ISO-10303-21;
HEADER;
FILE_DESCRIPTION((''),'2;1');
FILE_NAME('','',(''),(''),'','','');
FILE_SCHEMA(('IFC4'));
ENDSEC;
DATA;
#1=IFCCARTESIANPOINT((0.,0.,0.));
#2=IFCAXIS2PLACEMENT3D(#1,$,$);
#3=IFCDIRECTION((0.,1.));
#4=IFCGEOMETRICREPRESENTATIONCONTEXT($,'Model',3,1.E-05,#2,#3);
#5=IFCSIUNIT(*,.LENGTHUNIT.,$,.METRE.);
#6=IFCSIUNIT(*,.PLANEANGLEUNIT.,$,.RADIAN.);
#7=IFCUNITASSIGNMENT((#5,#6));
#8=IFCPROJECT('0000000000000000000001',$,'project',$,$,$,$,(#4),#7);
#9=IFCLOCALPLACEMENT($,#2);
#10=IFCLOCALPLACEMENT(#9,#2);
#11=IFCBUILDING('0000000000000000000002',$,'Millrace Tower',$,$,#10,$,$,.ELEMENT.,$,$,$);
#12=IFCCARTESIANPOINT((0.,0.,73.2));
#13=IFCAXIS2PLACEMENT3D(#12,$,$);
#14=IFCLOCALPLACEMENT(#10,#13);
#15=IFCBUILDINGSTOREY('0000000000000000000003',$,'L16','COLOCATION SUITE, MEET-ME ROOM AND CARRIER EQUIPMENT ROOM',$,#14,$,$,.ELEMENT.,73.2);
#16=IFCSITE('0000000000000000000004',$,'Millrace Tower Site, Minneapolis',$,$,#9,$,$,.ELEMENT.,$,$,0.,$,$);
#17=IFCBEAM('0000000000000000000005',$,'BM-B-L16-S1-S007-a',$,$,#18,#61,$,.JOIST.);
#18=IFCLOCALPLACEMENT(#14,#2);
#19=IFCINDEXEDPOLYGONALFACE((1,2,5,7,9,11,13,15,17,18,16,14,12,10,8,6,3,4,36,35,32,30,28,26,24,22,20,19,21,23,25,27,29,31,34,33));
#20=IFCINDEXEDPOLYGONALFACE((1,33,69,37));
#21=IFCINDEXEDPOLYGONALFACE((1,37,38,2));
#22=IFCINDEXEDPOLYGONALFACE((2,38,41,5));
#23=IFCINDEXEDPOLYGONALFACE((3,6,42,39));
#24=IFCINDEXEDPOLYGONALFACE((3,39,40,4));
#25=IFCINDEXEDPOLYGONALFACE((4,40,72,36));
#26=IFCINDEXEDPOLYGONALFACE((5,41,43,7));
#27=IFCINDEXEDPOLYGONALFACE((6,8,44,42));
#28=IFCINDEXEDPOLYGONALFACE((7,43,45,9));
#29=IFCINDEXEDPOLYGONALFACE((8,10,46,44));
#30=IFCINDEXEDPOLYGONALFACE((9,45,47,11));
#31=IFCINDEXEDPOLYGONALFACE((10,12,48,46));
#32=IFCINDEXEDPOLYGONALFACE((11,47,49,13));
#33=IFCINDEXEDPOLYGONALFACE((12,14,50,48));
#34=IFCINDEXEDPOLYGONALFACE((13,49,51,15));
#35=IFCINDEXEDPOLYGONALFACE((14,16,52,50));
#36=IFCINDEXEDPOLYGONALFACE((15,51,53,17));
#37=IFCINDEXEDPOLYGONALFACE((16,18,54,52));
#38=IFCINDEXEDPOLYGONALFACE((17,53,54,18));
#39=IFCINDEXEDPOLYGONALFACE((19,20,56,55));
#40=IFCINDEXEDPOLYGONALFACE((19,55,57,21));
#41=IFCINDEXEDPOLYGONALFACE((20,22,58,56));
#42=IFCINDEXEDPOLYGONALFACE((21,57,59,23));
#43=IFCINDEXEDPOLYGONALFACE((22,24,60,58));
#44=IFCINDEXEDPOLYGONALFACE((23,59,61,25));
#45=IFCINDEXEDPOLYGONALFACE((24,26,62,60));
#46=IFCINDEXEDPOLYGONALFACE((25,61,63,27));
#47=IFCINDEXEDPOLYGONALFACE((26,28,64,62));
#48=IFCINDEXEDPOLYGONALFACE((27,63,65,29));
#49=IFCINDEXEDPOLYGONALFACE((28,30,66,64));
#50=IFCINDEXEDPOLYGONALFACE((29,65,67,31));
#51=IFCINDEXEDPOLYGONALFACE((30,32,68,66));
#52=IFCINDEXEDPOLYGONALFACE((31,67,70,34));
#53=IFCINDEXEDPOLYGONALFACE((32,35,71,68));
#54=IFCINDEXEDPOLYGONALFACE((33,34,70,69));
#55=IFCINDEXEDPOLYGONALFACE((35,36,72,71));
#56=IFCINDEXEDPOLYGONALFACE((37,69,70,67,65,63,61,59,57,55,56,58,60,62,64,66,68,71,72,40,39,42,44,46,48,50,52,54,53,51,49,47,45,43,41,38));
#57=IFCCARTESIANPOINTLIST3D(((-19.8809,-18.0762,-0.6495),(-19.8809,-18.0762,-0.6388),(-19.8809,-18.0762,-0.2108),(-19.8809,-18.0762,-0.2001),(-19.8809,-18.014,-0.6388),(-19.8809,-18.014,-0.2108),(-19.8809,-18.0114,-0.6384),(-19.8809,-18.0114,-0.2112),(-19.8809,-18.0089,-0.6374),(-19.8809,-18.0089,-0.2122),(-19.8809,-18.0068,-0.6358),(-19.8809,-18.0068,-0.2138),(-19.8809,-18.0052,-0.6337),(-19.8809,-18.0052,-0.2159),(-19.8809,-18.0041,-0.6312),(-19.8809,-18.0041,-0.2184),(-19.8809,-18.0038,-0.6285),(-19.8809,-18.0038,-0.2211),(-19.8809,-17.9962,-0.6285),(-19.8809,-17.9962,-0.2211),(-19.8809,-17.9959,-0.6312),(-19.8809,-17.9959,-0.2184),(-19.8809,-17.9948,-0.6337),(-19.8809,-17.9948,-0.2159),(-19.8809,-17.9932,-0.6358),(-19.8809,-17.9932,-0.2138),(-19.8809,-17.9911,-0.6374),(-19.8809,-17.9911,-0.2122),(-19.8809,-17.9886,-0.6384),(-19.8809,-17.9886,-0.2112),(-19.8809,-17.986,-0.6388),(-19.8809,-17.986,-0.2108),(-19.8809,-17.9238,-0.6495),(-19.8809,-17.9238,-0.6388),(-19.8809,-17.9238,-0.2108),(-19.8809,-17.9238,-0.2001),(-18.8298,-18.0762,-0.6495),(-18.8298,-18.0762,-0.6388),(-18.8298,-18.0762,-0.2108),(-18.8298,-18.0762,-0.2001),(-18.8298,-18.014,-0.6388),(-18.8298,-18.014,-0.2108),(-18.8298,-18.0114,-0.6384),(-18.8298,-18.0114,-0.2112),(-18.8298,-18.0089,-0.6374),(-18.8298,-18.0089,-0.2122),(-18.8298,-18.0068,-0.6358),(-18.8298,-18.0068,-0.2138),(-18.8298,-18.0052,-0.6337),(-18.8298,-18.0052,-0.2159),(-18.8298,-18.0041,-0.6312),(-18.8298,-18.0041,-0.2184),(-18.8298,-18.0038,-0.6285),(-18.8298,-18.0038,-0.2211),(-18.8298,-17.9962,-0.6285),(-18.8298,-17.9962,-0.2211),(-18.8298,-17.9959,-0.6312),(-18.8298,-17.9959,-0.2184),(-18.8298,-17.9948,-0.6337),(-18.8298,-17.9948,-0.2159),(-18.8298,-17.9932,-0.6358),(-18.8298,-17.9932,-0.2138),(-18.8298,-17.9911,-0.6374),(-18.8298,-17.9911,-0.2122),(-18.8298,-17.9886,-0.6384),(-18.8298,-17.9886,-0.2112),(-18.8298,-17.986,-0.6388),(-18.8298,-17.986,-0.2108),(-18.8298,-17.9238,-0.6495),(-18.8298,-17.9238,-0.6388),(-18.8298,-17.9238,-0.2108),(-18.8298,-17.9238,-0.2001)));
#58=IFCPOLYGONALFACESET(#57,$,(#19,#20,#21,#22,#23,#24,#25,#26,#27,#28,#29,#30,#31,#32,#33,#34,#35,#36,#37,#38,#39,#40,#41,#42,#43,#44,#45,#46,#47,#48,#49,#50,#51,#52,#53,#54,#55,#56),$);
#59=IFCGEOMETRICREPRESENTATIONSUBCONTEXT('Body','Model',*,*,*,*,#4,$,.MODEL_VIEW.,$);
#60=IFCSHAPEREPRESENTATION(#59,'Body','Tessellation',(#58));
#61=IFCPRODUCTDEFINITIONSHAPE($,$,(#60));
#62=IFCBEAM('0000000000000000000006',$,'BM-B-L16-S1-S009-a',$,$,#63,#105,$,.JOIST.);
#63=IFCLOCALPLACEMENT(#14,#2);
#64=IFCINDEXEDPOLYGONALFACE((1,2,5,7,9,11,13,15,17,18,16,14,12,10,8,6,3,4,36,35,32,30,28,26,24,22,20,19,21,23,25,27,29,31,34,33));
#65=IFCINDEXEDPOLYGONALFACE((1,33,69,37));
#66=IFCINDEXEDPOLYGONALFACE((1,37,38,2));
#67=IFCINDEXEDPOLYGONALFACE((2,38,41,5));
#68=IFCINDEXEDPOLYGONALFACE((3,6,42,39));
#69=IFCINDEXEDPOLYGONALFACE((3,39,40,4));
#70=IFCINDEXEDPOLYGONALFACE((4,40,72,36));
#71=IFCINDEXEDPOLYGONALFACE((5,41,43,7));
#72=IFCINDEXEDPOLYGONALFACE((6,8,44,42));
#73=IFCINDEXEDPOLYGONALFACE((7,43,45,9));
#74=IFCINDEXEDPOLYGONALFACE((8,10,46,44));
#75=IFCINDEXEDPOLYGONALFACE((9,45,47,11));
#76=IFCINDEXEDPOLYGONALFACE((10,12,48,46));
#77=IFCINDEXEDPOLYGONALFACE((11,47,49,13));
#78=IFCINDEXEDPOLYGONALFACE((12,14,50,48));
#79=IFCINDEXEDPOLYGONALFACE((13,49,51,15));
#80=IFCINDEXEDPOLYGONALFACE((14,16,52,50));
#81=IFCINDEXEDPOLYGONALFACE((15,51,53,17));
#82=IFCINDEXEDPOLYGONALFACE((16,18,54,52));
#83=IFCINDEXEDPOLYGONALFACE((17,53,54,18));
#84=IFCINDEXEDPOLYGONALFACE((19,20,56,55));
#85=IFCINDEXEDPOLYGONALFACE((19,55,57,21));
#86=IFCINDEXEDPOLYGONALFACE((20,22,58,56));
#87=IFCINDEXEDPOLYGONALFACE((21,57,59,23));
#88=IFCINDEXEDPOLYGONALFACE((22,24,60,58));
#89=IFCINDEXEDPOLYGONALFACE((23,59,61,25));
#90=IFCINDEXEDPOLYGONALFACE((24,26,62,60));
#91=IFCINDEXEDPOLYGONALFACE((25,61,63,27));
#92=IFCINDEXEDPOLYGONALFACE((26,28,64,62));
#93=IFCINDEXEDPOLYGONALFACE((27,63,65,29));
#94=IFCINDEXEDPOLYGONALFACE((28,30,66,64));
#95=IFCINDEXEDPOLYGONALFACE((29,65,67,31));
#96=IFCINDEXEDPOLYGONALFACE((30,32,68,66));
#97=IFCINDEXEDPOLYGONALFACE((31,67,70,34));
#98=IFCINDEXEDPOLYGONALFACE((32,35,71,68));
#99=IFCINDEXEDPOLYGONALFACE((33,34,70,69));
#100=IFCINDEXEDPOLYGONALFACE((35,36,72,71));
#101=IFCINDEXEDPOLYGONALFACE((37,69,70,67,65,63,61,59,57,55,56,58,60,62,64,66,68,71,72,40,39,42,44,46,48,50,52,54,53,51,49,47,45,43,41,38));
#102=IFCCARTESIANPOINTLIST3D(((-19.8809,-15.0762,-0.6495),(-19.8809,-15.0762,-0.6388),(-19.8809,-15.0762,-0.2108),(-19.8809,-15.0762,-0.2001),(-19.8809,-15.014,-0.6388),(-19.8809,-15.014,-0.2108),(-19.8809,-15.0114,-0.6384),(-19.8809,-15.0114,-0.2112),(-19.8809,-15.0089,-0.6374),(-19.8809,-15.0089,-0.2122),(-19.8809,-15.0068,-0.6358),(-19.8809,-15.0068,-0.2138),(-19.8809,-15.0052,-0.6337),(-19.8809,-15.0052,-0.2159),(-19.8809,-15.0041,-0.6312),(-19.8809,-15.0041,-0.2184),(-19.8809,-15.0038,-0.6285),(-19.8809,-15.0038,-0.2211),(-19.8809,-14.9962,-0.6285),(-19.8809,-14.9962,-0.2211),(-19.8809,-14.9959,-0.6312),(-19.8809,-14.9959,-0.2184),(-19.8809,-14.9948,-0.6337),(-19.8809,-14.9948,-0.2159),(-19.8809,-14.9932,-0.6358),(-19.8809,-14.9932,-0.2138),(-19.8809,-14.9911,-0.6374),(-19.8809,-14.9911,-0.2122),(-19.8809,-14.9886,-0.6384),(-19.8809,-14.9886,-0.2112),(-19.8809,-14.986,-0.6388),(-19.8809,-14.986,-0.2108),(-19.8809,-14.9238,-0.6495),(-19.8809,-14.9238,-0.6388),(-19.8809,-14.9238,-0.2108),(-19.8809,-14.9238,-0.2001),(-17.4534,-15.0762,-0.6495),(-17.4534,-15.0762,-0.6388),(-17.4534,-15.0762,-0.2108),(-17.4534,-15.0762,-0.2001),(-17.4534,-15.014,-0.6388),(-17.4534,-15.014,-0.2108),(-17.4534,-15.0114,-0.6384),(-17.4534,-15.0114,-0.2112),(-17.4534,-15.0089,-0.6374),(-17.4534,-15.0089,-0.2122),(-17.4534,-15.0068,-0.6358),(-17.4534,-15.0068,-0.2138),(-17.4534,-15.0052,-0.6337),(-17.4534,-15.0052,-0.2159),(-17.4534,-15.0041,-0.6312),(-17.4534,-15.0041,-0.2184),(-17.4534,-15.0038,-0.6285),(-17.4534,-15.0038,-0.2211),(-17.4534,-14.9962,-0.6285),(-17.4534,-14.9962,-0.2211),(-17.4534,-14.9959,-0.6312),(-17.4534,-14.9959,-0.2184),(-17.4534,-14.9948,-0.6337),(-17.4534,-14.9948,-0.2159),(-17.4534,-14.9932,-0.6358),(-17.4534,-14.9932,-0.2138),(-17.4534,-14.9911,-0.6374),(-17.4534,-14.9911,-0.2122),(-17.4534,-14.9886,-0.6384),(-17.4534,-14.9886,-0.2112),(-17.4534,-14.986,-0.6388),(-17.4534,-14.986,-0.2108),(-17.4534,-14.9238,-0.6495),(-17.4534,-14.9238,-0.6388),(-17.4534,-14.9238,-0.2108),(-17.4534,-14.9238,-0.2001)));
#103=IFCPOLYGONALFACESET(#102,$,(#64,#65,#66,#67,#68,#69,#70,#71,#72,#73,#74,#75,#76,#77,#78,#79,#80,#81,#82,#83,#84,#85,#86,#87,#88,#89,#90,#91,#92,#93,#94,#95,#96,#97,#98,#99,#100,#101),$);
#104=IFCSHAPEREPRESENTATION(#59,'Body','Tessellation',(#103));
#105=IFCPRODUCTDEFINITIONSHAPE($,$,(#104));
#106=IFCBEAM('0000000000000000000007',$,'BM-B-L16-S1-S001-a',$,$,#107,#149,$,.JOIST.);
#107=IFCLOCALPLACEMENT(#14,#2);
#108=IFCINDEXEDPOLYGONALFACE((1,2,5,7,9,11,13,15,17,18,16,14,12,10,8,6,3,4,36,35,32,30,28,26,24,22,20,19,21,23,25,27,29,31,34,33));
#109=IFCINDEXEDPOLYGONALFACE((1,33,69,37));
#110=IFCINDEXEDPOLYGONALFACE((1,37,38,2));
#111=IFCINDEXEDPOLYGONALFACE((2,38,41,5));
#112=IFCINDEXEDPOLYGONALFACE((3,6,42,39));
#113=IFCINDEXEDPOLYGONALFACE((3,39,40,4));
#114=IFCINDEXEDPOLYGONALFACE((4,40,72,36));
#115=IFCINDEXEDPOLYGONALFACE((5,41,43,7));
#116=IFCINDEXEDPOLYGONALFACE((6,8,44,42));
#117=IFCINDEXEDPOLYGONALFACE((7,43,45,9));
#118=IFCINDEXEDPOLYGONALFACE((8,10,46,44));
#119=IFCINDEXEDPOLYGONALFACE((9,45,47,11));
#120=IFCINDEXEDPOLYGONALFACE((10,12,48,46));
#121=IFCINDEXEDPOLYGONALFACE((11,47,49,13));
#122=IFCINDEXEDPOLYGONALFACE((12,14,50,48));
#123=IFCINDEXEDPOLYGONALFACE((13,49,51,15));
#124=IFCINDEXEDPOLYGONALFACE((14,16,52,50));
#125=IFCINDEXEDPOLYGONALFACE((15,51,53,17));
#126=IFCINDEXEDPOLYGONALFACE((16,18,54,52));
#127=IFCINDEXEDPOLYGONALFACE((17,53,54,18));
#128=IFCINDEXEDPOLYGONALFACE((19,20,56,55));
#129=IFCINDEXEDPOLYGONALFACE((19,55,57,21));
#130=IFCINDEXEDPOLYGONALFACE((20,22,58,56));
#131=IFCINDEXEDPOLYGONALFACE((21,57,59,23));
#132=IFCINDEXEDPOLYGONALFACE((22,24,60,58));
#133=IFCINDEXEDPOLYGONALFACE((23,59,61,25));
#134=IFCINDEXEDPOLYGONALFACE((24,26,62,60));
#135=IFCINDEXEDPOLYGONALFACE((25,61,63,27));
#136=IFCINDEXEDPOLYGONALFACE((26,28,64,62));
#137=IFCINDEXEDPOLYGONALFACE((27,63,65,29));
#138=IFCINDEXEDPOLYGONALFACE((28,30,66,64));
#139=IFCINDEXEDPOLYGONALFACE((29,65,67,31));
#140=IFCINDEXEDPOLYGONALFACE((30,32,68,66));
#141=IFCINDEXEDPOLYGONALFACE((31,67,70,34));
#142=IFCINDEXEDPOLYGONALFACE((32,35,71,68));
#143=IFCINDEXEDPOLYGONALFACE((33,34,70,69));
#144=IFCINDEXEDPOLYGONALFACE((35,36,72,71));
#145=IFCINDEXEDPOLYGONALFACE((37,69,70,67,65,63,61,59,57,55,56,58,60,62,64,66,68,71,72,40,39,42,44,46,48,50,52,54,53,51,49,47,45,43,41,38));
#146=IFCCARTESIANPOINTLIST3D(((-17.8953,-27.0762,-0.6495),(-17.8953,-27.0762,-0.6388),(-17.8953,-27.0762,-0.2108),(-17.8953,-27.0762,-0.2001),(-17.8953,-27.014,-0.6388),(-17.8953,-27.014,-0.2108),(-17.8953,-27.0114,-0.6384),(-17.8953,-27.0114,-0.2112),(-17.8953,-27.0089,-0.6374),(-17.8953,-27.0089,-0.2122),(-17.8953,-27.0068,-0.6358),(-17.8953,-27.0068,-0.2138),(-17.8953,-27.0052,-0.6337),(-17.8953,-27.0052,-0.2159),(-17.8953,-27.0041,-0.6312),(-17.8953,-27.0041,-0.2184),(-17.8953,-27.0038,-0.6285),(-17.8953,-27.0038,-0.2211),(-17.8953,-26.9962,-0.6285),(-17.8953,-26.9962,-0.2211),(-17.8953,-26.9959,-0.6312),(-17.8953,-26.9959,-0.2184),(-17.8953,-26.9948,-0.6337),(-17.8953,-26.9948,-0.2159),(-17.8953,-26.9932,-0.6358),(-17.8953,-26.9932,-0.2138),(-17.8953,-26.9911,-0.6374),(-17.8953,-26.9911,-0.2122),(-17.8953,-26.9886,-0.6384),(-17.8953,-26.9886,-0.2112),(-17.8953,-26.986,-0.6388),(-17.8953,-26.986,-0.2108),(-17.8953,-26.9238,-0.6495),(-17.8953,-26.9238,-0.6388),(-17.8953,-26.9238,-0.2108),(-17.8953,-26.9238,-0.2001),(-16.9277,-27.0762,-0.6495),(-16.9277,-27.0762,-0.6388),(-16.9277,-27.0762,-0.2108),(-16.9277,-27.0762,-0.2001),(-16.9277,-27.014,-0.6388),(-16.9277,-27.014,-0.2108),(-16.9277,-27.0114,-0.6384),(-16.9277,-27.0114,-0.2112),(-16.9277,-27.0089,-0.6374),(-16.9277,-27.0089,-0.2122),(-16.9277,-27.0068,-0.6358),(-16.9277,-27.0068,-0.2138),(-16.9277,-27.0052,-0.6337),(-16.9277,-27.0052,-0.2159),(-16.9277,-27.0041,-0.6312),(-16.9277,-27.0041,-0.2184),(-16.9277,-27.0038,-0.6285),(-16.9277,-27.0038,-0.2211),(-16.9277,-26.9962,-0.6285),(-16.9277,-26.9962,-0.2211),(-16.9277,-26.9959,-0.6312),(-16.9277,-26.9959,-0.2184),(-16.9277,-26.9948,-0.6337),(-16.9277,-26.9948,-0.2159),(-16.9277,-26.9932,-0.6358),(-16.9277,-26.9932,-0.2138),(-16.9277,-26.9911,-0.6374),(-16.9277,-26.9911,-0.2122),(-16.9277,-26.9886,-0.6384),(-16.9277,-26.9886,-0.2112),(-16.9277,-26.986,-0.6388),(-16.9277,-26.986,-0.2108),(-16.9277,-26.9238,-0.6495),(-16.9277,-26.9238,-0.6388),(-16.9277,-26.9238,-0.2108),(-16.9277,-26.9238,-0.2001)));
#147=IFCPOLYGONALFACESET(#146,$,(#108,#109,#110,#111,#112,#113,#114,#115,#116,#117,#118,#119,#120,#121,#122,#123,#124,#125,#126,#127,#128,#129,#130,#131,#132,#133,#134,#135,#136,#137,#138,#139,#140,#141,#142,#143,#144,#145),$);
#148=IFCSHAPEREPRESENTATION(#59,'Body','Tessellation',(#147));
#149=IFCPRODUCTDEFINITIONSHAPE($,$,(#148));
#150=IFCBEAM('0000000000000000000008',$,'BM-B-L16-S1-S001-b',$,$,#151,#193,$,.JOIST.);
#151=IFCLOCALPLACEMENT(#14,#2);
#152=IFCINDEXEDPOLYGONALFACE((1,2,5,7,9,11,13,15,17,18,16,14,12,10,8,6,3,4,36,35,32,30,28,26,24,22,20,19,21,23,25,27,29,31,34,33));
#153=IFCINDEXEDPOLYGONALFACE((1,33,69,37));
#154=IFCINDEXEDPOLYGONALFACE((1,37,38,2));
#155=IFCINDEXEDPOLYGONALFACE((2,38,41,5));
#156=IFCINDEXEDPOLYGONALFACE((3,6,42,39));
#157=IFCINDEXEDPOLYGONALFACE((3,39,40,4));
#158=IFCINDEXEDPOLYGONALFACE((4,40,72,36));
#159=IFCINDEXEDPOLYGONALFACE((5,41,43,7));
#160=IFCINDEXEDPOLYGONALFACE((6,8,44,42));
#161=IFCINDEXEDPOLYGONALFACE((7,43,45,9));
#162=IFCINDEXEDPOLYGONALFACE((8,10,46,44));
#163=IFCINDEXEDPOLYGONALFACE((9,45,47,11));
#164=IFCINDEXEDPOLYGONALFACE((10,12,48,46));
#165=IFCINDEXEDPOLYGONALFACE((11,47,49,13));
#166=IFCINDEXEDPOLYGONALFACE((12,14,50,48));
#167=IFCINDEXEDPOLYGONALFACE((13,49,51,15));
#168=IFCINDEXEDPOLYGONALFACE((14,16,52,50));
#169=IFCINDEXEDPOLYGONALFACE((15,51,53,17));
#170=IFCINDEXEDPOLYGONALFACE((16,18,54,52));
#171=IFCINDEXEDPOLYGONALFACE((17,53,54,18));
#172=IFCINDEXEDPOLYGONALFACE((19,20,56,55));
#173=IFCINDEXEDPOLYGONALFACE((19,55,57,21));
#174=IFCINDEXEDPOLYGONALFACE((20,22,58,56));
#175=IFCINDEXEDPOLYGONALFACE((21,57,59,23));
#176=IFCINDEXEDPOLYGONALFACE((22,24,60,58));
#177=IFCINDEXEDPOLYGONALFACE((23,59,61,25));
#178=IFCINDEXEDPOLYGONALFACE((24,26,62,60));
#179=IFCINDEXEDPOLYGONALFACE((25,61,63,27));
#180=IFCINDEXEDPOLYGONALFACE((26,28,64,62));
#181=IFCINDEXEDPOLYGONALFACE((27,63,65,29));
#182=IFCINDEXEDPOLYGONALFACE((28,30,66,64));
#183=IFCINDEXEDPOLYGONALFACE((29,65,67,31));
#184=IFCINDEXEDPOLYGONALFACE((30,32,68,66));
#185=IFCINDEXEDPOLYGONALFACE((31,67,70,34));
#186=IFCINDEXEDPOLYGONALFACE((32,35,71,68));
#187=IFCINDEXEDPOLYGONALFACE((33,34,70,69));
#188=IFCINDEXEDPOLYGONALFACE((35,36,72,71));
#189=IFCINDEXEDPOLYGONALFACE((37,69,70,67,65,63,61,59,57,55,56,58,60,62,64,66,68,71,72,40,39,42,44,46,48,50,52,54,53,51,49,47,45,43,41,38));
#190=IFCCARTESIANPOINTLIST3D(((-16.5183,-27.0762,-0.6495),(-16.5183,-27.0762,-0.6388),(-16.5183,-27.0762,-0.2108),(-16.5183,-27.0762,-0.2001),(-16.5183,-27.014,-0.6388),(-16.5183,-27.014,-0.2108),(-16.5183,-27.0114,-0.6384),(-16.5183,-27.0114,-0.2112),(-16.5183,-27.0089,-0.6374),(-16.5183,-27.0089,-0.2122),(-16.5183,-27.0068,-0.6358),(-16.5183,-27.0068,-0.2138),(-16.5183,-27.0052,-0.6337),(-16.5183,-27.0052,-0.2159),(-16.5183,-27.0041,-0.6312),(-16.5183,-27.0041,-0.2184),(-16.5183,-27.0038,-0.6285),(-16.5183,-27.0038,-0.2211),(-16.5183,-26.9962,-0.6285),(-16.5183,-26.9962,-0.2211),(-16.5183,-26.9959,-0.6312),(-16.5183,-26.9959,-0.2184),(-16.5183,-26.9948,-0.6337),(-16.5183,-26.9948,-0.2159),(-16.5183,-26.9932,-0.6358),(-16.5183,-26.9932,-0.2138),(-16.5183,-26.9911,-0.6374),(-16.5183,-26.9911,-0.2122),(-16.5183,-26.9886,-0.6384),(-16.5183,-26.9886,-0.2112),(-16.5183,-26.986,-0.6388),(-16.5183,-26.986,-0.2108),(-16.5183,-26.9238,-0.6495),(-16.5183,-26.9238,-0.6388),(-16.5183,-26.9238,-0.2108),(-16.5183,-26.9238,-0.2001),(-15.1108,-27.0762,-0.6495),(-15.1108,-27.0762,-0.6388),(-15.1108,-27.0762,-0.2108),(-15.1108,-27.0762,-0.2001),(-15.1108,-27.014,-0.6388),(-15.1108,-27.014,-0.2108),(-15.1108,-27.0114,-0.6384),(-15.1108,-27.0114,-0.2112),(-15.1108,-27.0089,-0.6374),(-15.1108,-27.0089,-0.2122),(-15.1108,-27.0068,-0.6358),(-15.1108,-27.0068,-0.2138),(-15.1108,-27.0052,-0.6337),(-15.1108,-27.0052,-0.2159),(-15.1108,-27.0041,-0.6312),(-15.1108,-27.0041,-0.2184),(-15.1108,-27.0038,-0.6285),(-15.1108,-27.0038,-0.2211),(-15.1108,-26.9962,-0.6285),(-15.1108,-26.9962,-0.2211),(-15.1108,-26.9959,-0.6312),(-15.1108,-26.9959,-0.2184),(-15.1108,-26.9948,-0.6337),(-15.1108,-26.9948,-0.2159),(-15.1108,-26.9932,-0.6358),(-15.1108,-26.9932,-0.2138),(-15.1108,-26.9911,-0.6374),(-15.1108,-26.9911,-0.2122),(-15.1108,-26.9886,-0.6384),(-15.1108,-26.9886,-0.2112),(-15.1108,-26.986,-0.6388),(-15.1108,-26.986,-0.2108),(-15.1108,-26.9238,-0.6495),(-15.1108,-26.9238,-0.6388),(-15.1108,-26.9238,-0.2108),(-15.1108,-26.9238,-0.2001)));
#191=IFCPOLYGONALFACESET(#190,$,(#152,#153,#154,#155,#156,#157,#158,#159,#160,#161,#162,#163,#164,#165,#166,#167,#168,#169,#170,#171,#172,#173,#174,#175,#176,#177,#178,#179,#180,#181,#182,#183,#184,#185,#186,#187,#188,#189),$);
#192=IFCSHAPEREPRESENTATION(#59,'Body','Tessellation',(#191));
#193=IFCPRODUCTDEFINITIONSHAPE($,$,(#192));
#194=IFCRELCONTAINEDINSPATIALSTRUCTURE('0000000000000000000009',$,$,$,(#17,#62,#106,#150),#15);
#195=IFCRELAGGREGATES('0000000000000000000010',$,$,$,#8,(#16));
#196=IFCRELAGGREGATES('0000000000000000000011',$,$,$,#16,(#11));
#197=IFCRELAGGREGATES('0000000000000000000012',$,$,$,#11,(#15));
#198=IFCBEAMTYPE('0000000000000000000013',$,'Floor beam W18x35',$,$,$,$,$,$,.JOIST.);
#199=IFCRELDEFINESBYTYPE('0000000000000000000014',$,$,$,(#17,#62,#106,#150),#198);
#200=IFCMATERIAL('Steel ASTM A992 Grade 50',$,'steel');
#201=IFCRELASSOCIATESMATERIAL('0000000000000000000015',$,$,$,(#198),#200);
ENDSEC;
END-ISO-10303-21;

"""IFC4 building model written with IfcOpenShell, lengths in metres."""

from ifc_helpers import new_model, si_unit, direction, frame, origin, origin_2d, place, context, subcontext, project, spatial, i_section, extrude, material, material_profile, profile_set, type_object, element, save


model = new_model("IFC4")

# Units and contexts
model_context = context("Model", 3, precision=1e-05, world=origin(), true_north=direction((0.0, 1.0)))
body_context = subcontext(model_context, "Body", "Model", "MODEL_VIEW")
ifc_project = project(units=[si_unit("LENGTHUNIT", "METRE"), si_unit("PLANEANGLEUNIT", "RADIAN")], contexts=[model_context])

# Site, building, storey
site_placement = place(None, origin())
site = spatial("IfcSite", under=ifc_project, at=site_placement, Name="Millrace Tower Site, Minneapolis", CompositionType="ELEMENT", RefElevation=0.0)
building_placement = place(site_placement, origin())
building = spatial("IfcBuilding", under=site, at=building_placement, Name="Millrace Tower", CompositionType="ELEMENT")
storey_placement = place(building_placement, frame((0.0, 0.0, 73.2)))
storey = spatial("IfcBuildingStorey", under=building, at=storey_placement, Name="L16", Description="COLOCATION SUITE, MEET-ME ROOM AND CARRIER EQUIPMENT ROOM", CompositionType="ELEMENT", Elevation=73.2)

# Beams
ifc_material_1 = material(Name="Steel ASTM A992 Grade 50", Category="steel")
ifc_material_profile_1 = material_profile(ifc_material_1, i_section(OverallWidth=0.1523, OverallDepth=0.4495, WebThickness=0.0076, FlangeThickness=0.0107, FilletRadius=0.0103, at=origin_2d()))
ifc_profile_set_1 = profile_set([ifc_material_profile_1], Name="Steel ASTM A992 Grade 50")
beam_type_1 = type_object("IfcBeamType", Name="Floor beam W18x35", PredefinedType="JOIST", material=ifc_profile_set_1)
beam_1_placement = place(storey_placement, frame((-19.8809, -18.0, -0.4248), z_axis=(1.0, 0.0, 0.0), x_axis=(0.0, 1.0, 0.0)))
element("IfcBeam", 1, at=beam_1_placement, inside=storey, type_object=beam_type_1, Name="BM-B-L16-S1-S007-a", PredefinedType="JOIST", context=body_context, shape_type="SweptSolid", body=[
    extrude(i_section(OverallWidth=0.1523, OverallDepth=0.4495, WebThickness=0.0076, FlangeThickness=0.0107, FilletRadius=0.0103, at=origin_2d()), origin(), (0.0, 0.0, 1.0), 1.051),
])
beam_2_placement = place(storey_placement, frame((-19.8809, -15.0, -0.4248), z_axis=(1.0, 0.0, 0.0), x_axis=(0.0, 1.0, 0.0)))
element("IfcBeam", 2, at=beam_2_placement, inside=storey, type_object=beam_type_1, Name="BM-B-L16-S1-S009-a", PredefinedType="JOIST", context=body_context, shape_type="SweptSolid", body=[
    extrude(i_section(OverallWidth=0.1523, OverallDepth=0.4495, WebThickness=0.0076, FlangeThickness=0.0107, FilletRadius=0.0103, at=origin_2d()), origin(), (0.0, 0.0, 1.0), 2.4275),
])
beam_3_placement = place(storey_placement, frame((-17.8953, -27.0, -0.4248), z_axis=(1.0, 0.0, 0.0), x_axis=(0.0, 1.0, 0.0)))
element("IfcBeam", 3, at=beam_3_placement, inside=storey, type_object=beam_type_1, Name="BM-B-L16-S1-S001-a", PredefinedType="JOIST", context=body_context, shape_type="SweptSolid", body=[
    extrude(i_section(OverallWidth=0.1523, OverallDepth=0.4495, WebThickness=0.0076, FlangeThickness=0.0107, FilletRadius=0.0103, at=origin_2d()), origin(), (0.0, 0.0, 1.0), 0.9675),
])
beam_4_placement = place(storey_placement, frame((-16.5183, -27.0, -0.4248), z_axis=(1.0, 0.0, 0.0), x_axis=(0.0, 1.0, 0.0)))
element("IfcBeam", 4, at=beam_4_placement, inside=storey, type_object=beam_type_1, Name="BM-B-L16-S1-S001-b", PredefinedType="JOIST", context=body_context, shape_type="SweptSolid", body=[
    extrude(i_section(OverallWidth=0.1523, OverallDepth=0.4495, WebThickness=0.0076, FlangeThickness=0.0107, FilletRadius=0.0103, at=origin_2d()), origin(), (0.0, 0.0, 1.0), 1.4075),
])

save(model, "model.ifc")
